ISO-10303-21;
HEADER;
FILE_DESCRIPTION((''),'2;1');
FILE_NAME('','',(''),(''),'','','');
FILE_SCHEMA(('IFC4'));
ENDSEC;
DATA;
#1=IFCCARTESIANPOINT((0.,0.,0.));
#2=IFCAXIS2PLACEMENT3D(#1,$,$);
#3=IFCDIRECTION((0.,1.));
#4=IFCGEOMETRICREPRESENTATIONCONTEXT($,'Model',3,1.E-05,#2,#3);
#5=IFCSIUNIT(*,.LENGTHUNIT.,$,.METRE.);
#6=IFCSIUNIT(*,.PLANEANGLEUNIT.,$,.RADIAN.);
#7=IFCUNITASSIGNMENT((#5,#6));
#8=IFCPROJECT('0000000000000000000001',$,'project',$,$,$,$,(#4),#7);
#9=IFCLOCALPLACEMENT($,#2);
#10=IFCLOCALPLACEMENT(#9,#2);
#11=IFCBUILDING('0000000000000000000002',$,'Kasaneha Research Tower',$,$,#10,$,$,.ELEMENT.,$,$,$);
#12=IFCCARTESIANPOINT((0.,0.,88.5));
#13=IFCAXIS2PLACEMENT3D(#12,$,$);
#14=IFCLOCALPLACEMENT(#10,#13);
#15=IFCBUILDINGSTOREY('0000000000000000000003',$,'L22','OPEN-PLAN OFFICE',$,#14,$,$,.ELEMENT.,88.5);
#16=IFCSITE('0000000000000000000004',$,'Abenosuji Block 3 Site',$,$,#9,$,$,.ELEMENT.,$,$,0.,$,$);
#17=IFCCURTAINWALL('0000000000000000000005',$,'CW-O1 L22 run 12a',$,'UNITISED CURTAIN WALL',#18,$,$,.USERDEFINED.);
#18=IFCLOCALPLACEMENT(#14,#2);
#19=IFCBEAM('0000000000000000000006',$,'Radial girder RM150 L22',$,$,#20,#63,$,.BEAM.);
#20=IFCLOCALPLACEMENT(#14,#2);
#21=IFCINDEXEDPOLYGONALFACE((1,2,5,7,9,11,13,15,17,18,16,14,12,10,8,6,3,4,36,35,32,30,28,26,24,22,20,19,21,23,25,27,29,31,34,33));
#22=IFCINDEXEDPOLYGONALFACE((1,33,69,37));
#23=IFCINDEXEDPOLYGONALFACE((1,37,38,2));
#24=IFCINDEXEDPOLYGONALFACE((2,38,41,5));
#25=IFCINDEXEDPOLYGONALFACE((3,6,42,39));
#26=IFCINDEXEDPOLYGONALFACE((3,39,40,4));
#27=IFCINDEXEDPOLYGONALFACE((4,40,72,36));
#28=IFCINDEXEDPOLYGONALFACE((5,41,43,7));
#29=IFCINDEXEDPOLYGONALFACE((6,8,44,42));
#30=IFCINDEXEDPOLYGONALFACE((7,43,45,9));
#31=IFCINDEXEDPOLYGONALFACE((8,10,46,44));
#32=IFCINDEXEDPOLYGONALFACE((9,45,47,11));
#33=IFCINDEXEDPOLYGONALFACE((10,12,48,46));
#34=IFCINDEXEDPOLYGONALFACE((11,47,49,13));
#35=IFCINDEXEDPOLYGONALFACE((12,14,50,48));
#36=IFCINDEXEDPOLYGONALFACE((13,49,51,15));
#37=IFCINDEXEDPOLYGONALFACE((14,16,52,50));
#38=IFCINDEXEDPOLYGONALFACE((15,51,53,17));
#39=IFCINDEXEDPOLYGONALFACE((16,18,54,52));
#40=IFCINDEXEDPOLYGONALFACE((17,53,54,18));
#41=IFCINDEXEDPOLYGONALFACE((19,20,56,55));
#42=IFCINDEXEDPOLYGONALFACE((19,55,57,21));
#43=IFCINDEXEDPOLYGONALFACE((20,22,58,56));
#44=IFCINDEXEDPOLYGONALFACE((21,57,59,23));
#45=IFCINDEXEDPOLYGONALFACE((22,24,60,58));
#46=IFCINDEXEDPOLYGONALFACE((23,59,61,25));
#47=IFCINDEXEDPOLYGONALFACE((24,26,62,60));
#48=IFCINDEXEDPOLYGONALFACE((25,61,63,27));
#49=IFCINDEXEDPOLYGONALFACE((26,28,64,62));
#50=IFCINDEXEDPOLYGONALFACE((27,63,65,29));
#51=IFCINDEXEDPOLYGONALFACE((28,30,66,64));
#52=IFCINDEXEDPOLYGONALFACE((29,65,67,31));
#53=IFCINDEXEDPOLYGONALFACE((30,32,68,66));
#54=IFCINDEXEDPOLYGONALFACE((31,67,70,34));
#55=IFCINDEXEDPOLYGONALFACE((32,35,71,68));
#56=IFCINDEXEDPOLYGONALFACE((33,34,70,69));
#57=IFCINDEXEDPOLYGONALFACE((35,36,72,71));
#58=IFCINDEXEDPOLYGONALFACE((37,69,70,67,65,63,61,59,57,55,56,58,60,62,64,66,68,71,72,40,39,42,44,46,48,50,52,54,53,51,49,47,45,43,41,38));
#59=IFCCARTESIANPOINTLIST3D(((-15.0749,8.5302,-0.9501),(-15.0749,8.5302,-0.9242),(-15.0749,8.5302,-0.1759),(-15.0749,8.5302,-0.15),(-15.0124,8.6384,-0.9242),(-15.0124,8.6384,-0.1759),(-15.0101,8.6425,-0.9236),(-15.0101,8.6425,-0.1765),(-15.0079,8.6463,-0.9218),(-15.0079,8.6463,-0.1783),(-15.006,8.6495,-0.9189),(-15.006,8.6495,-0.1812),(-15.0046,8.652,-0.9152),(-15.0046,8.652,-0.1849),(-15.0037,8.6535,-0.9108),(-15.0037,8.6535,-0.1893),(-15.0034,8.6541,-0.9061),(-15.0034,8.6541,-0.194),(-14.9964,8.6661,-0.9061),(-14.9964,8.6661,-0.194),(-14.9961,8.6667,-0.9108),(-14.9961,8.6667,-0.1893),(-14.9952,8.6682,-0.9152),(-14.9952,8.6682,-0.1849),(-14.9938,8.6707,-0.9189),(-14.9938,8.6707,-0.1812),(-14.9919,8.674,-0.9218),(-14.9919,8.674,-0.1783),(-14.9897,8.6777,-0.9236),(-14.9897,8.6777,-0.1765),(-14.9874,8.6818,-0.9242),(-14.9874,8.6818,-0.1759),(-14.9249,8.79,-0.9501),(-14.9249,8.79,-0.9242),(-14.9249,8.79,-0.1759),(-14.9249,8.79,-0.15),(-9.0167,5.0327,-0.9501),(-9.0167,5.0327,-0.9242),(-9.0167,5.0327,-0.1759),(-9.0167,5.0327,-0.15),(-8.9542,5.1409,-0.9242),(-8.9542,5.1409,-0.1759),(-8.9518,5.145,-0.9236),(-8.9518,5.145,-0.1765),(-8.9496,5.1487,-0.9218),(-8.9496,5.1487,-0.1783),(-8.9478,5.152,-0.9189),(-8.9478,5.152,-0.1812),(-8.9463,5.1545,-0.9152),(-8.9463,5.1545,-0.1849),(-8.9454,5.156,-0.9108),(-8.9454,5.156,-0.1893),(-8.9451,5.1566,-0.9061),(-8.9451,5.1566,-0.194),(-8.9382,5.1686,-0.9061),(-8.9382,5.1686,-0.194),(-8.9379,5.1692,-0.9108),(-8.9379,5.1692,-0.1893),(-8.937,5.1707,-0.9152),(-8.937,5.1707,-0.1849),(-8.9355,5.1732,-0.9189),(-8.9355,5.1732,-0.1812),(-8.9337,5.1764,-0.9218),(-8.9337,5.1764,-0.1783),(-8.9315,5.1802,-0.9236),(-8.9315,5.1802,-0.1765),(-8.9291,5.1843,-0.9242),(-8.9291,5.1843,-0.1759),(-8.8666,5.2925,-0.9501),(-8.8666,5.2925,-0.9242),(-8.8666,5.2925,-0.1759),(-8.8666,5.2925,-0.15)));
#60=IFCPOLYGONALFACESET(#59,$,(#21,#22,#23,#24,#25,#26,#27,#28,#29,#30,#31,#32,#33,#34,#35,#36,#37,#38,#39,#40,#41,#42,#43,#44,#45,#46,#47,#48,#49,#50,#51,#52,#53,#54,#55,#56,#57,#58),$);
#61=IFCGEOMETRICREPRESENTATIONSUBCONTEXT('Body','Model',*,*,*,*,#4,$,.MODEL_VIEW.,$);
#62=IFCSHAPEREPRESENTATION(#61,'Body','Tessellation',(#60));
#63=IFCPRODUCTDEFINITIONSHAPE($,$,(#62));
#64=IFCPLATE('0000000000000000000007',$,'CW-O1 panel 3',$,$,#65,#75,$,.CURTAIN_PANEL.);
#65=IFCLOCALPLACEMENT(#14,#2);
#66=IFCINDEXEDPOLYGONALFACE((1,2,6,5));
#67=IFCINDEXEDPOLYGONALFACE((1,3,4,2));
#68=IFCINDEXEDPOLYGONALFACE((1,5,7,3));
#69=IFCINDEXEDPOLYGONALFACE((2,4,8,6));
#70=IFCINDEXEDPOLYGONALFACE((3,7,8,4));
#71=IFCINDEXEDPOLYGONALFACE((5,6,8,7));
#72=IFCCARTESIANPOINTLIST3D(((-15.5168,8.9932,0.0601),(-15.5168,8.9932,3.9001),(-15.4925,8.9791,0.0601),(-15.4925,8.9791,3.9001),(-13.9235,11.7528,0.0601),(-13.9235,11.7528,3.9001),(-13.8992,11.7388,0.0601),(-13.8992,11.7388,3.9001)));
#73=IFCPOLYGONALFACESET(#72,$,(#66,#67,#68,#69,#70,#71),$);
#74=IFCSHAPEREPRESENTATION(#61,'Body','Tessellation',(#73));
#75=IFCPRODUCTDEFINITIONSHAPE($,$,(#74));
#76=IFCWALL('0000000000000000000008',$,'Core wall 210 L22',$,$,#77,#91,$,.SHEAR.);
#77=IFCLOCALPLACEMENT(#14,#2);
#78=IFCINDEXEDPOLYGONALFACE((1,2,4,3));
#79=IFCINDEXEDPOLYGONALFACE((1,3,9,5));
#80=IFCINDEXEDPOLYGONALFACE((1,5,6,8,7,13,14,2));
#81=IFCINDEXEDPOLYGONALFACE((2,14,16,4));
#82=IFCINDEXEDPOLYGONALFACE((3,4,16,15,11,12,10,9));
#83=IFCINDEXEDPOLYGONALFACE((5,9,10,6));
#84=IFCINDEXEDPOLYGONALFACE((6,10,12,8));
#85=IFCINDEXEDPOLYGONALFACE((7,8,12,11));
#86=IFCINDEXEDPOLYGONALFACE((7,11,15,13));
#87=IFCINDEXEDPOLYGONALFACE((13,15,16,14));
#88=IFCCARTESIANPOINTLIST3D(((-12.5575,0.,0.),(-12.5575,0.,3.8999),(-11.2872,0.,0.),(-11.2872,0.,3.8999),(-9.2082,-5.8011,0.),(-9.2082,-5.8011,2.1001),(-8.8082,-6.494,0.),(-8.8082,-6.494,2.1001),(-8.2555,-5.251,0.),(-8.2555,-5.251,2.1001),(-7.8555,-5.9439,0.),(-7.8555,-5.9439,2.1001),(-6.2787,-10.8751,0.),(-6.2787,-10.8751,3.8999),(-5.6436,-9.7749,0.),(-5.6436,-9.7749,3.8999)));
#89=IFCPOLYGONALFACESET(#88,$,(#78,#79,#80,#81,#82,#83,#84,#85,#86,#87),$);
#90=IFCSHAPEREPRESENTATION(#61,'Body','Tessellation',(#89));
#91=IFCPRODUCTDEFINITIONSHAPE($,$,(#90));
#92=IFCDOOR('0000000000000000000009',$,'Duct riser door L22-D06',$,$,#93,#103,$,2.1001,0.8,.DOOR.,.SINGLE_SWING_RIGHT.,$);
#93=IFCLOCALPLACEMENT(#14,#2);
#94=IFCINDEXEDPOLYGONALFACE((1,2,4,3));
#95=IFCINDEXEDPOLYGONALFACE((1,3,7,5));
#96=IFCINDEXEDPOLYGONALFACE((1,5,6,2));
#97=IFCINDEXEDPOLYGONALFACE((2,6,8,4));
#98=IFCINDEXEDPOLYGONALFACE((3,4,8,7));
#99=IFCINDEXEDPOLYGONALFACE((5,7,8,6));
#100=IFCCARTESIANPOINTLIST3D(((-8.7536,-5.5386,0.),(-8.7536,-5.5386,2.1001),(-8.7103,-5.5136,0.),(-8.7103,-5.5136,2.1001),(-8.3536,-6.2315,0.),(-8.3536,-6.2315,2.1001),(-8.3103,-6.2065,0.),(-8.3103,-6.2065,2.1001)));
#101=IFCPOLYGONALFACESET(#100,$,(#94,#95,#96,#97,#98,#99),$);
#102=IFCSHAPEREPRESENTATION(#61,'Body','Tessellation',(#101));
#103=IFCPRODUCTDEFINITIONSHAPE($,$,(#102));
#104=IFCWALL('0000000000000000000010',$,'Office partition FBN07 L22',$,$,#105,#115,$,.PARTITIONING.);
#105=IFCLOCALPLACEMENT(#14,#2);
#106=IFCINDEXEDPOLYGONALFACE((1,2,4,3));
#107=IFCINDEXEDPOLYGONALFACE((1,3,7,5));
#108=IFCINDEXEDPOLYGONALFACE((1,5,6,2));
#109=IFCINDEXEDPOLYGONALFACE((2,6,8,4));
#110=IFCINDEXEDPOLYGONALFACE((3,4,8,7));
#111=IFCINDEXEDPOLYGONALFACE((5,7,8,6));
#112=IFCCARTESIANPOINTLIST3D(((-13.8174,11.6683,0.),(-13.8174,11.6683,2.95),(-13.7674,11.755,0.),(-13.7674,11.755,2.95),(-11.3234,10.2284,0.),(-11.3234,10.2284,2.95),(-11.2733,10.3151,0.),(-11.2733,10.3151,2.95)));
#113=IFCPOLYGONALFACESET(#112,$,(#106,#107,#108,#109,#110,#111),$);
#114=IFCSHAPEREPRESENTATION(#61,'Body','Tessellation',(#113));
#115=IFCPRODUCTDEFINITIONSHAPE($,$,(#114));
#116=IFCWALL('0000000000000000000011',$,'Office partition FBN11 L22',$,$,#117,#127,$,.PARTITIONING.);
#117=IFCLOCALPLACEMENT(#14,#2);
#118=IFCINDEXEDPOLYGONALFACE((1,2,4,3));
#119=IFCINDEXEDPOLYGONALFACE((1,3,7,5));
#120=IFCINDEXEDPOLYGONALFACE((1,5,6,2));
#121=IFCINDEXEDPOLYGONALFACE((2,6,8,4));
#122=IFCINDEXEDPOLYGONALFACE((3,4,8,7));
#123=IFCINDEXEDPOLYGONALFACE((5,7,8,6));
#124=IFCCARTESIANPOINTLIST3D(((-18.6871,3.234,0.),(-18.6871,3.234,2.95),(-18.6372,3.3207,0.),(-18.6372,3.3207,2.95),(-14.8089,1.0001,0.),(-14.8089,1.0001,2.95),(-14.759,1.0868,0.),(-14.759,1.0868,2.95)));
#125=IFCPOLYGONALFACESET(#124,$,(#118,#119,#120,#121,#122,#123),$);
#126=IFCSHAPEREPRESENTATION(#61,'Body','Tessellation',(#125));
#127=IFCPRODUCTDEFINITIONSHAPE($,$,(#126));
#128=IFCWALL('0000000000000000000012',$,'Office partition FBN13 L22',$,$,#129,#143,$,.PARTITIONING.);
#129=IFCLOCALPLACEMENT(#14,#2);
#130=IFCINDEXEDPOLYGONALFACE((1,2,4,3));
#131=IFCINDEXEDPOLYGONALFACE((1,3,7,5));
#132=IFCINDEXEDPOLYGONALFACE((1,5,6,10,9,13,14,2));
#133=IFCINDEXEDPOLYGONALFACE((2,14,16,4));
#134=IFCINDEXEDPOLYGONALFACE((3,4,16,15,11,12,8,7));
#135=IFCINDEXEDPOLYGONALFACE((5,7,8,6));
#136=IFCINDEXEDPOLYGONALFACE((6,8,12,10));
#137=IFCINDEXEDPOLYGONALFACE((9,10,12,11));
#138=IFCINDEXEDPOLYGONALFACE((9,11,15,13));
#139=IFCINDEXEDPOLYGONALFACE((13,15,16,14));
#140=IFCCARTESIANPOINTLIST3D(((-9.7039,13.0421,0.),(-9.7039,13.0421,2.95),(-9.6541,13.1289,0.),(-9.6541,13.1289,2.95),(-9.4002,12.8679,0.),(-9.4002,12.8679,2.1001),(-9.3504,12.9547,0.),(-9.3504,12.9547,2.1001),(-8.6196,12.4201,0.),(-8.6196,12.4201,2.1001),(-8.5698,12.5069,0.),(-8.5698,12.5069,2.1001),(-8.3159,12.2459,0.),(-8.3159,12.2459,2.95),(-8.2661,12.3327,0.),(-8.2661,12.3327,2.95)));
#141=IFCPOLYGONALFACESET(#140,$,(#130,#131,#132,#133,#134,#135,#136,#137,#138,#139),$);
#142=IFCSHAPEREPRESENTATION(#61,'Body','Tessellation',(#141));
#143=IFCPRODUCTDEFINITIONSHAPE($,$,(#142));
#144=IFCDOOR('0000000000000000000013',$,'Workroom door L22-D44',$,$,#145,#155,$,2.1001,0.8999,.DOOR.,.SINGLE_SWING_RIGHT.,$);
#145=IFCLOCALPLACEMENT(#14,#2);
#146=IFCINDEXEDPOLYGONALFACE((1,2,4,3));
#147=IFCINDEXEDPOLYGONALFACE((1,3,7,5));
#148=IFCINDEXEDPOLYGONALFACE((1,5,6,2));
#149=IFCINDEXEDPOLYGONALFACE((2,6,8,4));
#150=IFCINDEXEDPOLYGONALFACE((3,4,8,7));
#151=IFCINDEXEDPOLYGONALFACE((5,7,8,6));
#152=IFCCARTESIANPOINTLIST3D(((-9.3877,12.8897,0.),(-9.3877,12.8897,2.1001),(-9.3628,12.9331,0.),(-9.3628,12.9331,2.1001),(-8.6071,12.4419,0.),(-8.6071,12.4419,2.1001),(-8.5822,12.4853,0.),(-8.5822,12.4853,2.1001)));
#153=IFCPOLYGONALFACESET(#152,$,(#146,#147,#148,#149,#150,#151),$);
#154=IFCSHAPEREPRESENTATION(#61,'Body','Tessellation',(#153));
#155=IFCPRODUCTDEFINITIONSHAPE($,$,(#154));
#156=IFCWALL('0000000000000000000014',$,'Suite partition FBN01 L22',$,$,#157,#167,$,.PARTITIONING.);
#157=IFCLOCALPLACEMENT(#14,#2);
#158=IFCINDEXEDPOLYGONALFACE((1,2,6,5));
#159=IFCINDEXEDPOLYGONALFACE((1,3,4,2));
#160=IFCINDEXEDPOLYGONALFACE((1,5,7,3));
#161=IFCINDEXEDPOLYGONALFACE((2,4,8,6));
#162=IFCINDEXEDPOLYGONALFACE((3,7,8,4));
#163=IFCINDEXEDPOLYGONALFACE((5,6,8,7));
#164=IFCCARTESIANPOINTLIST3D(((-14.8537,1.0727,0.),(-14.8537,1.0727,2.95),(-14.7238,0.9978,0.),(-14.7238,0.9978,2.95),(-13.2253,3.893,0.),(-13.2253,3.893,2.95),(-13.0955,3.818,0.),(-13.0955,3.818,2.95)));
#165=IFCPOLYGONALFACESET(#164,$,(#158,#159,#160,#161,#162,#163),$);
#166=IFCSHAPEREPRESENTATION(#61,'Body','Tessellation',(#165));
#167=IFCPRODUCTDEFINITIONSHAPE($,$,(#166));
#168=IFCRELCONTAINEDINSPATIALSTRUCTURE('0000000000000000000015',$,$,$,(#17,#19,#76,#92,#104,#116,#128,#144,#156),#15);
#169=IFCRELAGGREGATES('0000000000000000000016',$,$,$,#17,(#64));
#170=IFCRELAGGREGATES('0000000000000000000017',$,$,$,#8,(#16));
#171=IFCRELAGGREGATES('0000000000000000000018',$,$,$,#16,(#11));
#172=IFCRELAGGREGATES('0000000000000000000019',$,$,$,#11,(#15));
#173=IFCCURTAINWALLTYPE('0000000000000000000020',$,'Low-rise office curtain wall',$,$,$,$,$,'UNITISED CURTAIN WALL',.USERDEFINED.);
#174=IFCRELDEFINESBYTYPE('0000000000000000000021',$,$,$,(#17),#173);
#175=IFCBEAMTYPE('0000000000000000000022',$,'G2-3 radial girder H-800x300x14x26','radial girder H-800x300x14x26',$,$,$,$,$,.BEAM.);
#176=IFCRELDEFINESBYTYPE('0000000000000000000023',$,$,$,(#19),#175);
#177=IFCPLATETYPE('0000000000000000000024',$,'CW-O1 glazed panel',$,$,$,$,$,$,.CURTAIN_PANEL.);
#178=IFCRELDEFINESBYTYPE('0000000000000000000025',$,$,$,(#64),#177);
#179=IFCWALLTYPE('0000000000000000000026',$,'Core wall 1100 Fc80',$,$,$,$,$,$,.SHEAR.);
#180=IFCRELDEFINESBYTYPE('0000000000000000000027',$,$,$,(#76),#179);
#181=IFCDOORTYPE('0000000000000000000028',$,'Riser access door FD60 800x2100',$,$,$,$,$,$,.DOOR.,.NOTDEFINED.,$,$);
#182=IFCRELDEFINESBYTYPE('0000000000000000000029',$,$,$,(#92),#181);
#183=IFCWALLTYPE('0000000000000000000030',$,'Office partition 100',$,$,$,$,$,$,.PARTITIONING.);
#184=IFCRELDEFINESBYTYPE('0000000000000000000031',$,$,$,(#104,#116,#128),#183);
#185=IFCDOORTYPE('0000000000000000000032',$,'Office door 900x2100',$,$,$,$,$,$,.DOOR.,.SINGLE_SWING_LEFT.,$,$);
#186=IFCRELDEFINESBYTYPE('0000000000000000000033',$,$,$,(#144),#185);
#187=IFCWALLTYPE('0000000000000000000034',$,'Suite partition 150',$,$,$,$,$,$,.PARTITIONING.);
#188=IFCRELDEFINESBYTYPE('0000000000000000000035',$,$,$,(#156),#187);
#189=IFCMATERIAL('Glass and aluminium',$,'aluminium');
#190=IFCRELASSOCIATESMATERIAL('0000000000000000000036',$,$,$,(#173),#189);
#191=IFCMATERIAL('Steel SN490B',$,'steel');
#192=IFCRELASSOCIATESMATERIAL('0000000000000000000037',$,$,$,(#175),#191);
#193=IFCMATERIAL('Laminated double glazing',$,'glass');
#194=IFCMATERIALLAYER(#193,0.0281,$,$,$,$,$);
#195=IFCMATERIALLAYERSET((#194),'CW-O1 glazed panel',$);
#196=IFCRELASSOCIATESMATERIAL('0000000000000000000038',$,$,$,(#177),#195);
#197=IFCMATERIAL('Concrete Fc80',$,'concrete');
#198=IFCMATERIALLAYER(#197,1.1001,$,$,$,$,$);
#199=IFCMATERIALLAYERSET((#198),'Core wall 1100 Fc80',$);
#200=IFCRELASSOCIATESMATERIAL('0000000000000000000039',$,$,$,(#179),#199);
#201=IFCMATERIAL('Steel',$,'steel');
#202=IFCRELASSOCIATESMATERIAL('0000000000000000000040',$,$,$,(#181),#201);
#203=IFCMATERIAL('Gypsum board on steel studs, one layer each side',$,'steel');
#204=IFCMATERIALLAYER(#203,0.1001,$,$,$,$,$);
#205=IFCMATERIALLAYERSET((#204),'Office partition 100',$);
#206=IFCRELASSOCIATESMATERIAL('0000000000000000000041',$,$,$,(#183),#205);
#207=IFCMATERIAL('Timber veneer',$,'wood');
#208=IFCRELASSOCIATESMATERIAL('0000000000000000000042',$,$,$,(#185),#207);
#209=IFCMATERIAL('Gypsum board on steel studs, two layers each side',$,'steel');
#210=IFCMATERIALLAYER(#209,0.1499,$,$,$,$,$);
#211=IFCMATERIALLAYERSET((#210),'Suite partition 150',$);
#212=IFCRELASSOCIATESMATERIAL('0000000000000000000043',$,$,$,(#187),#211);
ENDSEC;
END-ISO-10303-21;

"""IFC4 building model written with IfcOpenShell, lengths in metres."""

from ifc_helpers import new_model, si_unit, direction, frame, frame_2d, origin, origin_2d, place, context, subcontext, project, spatial, polyline, rectangle, i_section, outline, extrude, material, layer, layer_set, material_profile, profile_set, type_object, element, fill, aggregate, save


model = new_model("IFC4")

# Units and contexts
model_context = context("Model", 3, precision=1e-05, world=origin(), true_north=direction((0.0, 1.0)))
body_context = subcontext(model_context, "Body", "Model", "MODEL_VIEW")
ifc_project = project(units=[si_unit("LENGTHUNIT", "METRE"), si_unit("PLANEANGLEUNIT", "RADIAN")], contexts=[model_context])

# Site, building, storey
site_placement = place(None, origin())
site = spatial("IfcSite", under=ifc_project, at=site_placement, Name="Abenosuji Block 3 Site", CompositionType="ELEMENT", RefElevation=0.0)
building_placement = place(site_placement, origin())
building = spatial("IfcBuilding", under=site, at=building_placement, Name="Kasaneha Research Tower", CompositionType="ELEMENT")
storey_placement = place(building_placement, frame((0.0, 0.0, 88.5)))
storey = spatial("IfcBuildingStorey", under=building, at=storey_placement, Name="L22", Description="OPEN-PLAN OFFICE", CompositionType="ELEMENT", Elevation=88.5)

# Curtain wall
ifc_material_1 = material(Name="Glass and aluminium", Category="aluminium")
curtain_wall_type = type_object("IfcCurtainWallType", Name="Low-rise office curtain wall", ElementType="UNITISED CURTAIN WALL", PredefinedType="USERDEFINED", material=ifc_material_1)
curtain_wall_placement = place(storey_placement, origin())
curtain_wall = element("IfcCurtainWall", 1, at=curtain_wall_placement, inside=storey, type_object=curtain_wall_type, Name="CW-O1 L22 run 12a", ObjectType="UNITISED CURTAIN WALL", PredefinedType="USERDEFINED")

# Beam
ifc_material_2 = material(Name="Steel SN490B", Category="steel")
ifc_material_profile_1 = material_profile(ifc_material_2, i_section(OverallWidth=0.3, OverallDepth=0.8, WebThickness=0.0139, FlangeThickness=0.0259, FilletRadius=0.0181, at=origin_2d()), Name="H-800x300x14x26")
ifc_profile_set_1 = profile_set([ifc_material_profile_1], Name="Steel SN490B")
beam_type_1 = type_object("IfcBeamType", Name="G2-3 radial girder H-800x300x14x26", Description="radial girder H-800x300x14x26", PredefinedType="BEAM", material=ifc_profile_set_1)
beam_1_placement = place(storey_placement, frame((-8.9417, 5.1626, -0.55), z_axis=(-0.86604, 0.499975, 0.0), x_axis=(-0.499975, -0.86604, 0.0)))
element("IfcBeam", 2, at=beam_1_placement, inside=storey, type_object=beam_type_1, Name="Radial girder RM150 L22", PredefinedType="BEAM", context=body_context, shape_type="SweptSolid", body=[
    extrude(i_section(OverallWidth=0.3, OverallDepth=0.8, WebThickness=0.0139, FlangeThickness=0.0259, FilletRadius=0.0181, at=origin_2d()), origin(), (0.0, 0.0, 1.0), 6.9954),
])

# Plate
ifc_material_3 = material(Name="Laminated double glazing", Category="glass")
ifc_layer_1 = layer(ifc_material_3, 0.0281)
ifc_layer_set_1 = layer_set([ifc_layer_1], Name="CW-O1 glazed panel")
plate_type = type_object("IfcPlateType", Name="CW-O1 glazed panel", PredefinedType="CURTAIN_PANEL", material=ifc_layer_set_1)
plate_placement = place(storey_placement, frame((-14.708, 10.366, 0.0601), z_axis=(0.0, 0.0, 1.0), x_axis=(-0.5, -0.866025, 0.0)))
plate = element("IfcPlate", 3, at=plate_placement, type_object=plate_type, Name="CW-O1 panel 3", PredefinedType="CURTAIN_PANEL", context=body_context, shape_type="SweptSolid", body=[
    extrude(rectangle(XDim=3.1865, YDim=0.0281, at=origin_2d()), origin(), (0.0, 0.0, 1.0), 3.8401),
])
aggregate(curtain_wall, [plate])

# Wall, opening, door
ifc_material_4 = material(Name="Concrete Fc80", Category="concrete")
ifc_layer_2 = layer(ifc_material_4, 1.1001)
ifc_layer_set_2 = layer_set([ifc_layer_2], Name="Core wall 1100 Fc80")
wall_type_1 = type_object("IfcWallType", Name="Core wall 1100 Fc80", PredefinedType="SHEAR", material=ifc_layer_set_2)
wall_1_placement = place(storey_placement, frame((-11.9224, 0.0, 0.0), z_axis=(0.0, 0.0, 1.0), x_axis=(0.500004, -0.866023, 0.0)))
wall_1 = element("IfcWall", 4, at=wall_1_placement, inside=storey, type_object=wall_type_1, Name="Core wall 210 L22", PredefinedType="SHEAR", context=body_context, shape_type="SweptSolid", body=[
    extrude(outline(polyline([(-0.3176, -0.55), (6.3811, -0.55), (7.1812, -0.55), (12.24, -0.55), (11.6047, 0.55), (7.1812, 0.55), (6.3811, 0.55), (0.3176, 0.55), (-0.3176, -0.55)])), origin(), (0.0, 0.0, 1.0), 3.8999),
])
opening_1_placement = place(wall_1_placement, frame((6.3811, 0.0, 0.0)))
opening_1 = element("IfcOpeningElement", 5, at=opening_1_placement, cuts=wall_1, PredefinedType="OPENING", context=body_context, shape_type="SweptSolid", body=[
    extrude(rectangle(XDim=0.8, YDim=2.1001, at=frame_2d((0.3999, 1.05))), frame((0.0, 0.5601, 0.0), z_axis=(0.0, -1.0, 0.0), x_axis=(1.0, 0.0, 0.0)), (0.0, 0.0, 1.0), 1.1201),
])
ifc_material_5 = material(Name="Steel", Category="steel")
door_type_1 = type_object("IfcDoorType", Name="Riser access door FD60 800x2100", OperationType="NOTDEFINED", PredefinedType="DOOR", material=ifc_material_5)
door_1_placement = place(opening_1_placement, origin())
door_1 = element("IfcDoor", 6, at=door_1_placement, inside=storey, type_object=door_type_1, Name="Duct riser door L22-D06", OperationType="SINGLE_SWING_RIGHT", OverallHeight=2.1001, OverallWidth=0.8, PredefinedType="DOOR", context=body_context, shape_type="SweptSolid", body=[
    extrude(rectangle(XDim=0.8, YDim=2.1001, at=frame_2d((0.3999, 1.05))), frame((0.0, 0.0249, 0.0), z_axis=(0.0, -1.0, 0.0), x_axis=(1.0, 0.0, 0.0)), (0.0, 0.0, 1.0), 0.05),
])
fill(opening_1, door_1)

# Walls
ifc_material_6 = material(Name="Gypsum board on steel studs, one layer each side", Category="steel")
ifc_layer_3 = layer(ifc_material_6, 0.1001)
ifc_layer_set_3 = layer_set([ifc_layer_3], Name="Office partition 100")
wall_type_2 = type_object("IfcWallType", Name="Office partition 100", PredefinedType="PARTITIONING", material=ifc_layer_set_3)
wall_2_placement = place(storey_placement, frame((-11.2983, 10.2717, 0.0), z_axis=(0.0, 0.0, 1.0), x_axis=(-0.866033, 0.499987, 0.0)))
element("IfcWall", 7, at=wall_2_placement, inside=storey, type_object=wall_type_2, Name="Office partition FBN07 L22", PredefinedType="PARTITIONING", context=body_context, shape_type="SweptSolid", body=[
    extrude(rectangle(XDim=2.8799, YDim=0.1001, at=frame_2d((1.4399, 0.0))), origin(), (0.0, 0.0, 1.0), 2.95),
])
wall_3_placement = place(storey_placement, frame((-14.7839, 1.0435, 0.0), z_axis=(0.0, 0.0, 1.0), x_axis=(-0.866526, 0.499132, 0.0)))
element("IfcWall", 8, at=wall_3_placement, inside=storey, type_object=wall_type_2, Name="Office partition FBN11 L22", PredefinedType="PARTITIONING", context=body_context, shape_type="SweptSolid", body=[
    extrude(rectangle(XDim=4.4756, YDim=0.1001, at=frame_2d((2.2378, 0.0))), origin(), (0.0, 0.0, 1.0), 2.95),
])

# Wall, opening, door
wall_4_placement = place(storey_placement, frame((-8.291, 12.2893, 0.0), z_axis=(0.0, 0.0, 1.0), x_axis=(-0.867425, 0.497568, 0.0)))
wall_4 = element("IfcWall", 9, at=wall_4_placement, inside=storey, type_object=wall_type_2, Name="Office partition FBN13 L22", PredefinedType="PARTITIONING", context=body_context, shape_type="SweptSolid", body=[
    extrude(rectangle(XDim=1.6001, YDim=0.1001, at=frame_2d((0.8, 0.0))), origin(), (0.0, 0.0, 1.0), 2.95),
])
opening_2_placement = place(wall_4_placement, frame((0.3501, 0.0, 0.0)))
opening_2 = element("IfcOpeningElement", 10, at=opening_2_placement, cuts=wall_4, PredefinedType="OPENING", context=body_context, shape_type="SweptSolid", body=[
    extrude(rectangle(XDim=0.8999, YDim=2.1001, at=frame_2d((0.45, 1.05))), frame((0.0, 0.0601, 0.0), z_axis=(0.0, -1.0, 0.0), x_axis=(1.0, 0.0, 0.0)), (0.0, 0.0, 1.0), 0.1201),
])
ifc_material_7 = material(Name="Timber veneer", Category="wood")
door_type_2 = type_object("IfcDoorType", Name="Office door 900x2100", OperationType="SINGLE_SWING_LEFT", PredefinedType="DOOR", material=ifc_material_7)
door_2_placement = place(opening_2_placement, origin())
door_2 = element("IfcDoor", 11, at=door_2_placement, inside=storey, type_object=door_type_2, Name="Workroom door L22-D44", OperationType="SINGLE_SWING_RIGHT", OverallHeight=2.1001, OverallWidth=0.8999, PredefinedType="DOOR", context=body_context, shape_type="SweptSolid", body=[
    extrude(rectangle(XDim=0.8999, YDim=2.1001, at=frame_2d((0.45, 1.05))), frame((0.0, 0.0249, 0.0), z_axis=(0.0, -1.0, 0.0), x_axis=(1.0, 0.0, 0.0)), (0.0, 0.0, 1.0), 0.05),
])
fill(opening_2, door_2)

# Wall
ifc_material_8 = material(Name="Gypsum board on steel studs, two layers each side", Category="steel")
ifc_layer_4 = layer(ifc_material_8, 0.1499)
ifc_layer_set_4 = layer_set([ifc_layer_4], Name="Suite partition 150")
wall_type_3 = type_object("IfcWallType", Name="Suite partition 150", PredefinedType="PARTITIONING", material=ifc_layer_set_4)
wall_5_placement = place(storey_placement, frame((-14.7888, 1.0352, 0.0), z_axis=(0.0, 0.0, 1.0), x_axis=(0.500025, 0.866011, 0.0)))
element("IfcWall", 12, at=wall_5_placement, inside=storey, type_object=wall_type_3, Name="Suite partition FBN01 L22", PredefinedType="PARTITIONING", context=body_context, shape_type="SweptSolid", body=[
    extrude(rectangle(XDim=3.2566, YDim=0.1499, at=frame_2d((1.6284, 0.0))), origin(), (0.0, 0.0, 1.0), 2.95),
])

save(model, "model.ifc")
